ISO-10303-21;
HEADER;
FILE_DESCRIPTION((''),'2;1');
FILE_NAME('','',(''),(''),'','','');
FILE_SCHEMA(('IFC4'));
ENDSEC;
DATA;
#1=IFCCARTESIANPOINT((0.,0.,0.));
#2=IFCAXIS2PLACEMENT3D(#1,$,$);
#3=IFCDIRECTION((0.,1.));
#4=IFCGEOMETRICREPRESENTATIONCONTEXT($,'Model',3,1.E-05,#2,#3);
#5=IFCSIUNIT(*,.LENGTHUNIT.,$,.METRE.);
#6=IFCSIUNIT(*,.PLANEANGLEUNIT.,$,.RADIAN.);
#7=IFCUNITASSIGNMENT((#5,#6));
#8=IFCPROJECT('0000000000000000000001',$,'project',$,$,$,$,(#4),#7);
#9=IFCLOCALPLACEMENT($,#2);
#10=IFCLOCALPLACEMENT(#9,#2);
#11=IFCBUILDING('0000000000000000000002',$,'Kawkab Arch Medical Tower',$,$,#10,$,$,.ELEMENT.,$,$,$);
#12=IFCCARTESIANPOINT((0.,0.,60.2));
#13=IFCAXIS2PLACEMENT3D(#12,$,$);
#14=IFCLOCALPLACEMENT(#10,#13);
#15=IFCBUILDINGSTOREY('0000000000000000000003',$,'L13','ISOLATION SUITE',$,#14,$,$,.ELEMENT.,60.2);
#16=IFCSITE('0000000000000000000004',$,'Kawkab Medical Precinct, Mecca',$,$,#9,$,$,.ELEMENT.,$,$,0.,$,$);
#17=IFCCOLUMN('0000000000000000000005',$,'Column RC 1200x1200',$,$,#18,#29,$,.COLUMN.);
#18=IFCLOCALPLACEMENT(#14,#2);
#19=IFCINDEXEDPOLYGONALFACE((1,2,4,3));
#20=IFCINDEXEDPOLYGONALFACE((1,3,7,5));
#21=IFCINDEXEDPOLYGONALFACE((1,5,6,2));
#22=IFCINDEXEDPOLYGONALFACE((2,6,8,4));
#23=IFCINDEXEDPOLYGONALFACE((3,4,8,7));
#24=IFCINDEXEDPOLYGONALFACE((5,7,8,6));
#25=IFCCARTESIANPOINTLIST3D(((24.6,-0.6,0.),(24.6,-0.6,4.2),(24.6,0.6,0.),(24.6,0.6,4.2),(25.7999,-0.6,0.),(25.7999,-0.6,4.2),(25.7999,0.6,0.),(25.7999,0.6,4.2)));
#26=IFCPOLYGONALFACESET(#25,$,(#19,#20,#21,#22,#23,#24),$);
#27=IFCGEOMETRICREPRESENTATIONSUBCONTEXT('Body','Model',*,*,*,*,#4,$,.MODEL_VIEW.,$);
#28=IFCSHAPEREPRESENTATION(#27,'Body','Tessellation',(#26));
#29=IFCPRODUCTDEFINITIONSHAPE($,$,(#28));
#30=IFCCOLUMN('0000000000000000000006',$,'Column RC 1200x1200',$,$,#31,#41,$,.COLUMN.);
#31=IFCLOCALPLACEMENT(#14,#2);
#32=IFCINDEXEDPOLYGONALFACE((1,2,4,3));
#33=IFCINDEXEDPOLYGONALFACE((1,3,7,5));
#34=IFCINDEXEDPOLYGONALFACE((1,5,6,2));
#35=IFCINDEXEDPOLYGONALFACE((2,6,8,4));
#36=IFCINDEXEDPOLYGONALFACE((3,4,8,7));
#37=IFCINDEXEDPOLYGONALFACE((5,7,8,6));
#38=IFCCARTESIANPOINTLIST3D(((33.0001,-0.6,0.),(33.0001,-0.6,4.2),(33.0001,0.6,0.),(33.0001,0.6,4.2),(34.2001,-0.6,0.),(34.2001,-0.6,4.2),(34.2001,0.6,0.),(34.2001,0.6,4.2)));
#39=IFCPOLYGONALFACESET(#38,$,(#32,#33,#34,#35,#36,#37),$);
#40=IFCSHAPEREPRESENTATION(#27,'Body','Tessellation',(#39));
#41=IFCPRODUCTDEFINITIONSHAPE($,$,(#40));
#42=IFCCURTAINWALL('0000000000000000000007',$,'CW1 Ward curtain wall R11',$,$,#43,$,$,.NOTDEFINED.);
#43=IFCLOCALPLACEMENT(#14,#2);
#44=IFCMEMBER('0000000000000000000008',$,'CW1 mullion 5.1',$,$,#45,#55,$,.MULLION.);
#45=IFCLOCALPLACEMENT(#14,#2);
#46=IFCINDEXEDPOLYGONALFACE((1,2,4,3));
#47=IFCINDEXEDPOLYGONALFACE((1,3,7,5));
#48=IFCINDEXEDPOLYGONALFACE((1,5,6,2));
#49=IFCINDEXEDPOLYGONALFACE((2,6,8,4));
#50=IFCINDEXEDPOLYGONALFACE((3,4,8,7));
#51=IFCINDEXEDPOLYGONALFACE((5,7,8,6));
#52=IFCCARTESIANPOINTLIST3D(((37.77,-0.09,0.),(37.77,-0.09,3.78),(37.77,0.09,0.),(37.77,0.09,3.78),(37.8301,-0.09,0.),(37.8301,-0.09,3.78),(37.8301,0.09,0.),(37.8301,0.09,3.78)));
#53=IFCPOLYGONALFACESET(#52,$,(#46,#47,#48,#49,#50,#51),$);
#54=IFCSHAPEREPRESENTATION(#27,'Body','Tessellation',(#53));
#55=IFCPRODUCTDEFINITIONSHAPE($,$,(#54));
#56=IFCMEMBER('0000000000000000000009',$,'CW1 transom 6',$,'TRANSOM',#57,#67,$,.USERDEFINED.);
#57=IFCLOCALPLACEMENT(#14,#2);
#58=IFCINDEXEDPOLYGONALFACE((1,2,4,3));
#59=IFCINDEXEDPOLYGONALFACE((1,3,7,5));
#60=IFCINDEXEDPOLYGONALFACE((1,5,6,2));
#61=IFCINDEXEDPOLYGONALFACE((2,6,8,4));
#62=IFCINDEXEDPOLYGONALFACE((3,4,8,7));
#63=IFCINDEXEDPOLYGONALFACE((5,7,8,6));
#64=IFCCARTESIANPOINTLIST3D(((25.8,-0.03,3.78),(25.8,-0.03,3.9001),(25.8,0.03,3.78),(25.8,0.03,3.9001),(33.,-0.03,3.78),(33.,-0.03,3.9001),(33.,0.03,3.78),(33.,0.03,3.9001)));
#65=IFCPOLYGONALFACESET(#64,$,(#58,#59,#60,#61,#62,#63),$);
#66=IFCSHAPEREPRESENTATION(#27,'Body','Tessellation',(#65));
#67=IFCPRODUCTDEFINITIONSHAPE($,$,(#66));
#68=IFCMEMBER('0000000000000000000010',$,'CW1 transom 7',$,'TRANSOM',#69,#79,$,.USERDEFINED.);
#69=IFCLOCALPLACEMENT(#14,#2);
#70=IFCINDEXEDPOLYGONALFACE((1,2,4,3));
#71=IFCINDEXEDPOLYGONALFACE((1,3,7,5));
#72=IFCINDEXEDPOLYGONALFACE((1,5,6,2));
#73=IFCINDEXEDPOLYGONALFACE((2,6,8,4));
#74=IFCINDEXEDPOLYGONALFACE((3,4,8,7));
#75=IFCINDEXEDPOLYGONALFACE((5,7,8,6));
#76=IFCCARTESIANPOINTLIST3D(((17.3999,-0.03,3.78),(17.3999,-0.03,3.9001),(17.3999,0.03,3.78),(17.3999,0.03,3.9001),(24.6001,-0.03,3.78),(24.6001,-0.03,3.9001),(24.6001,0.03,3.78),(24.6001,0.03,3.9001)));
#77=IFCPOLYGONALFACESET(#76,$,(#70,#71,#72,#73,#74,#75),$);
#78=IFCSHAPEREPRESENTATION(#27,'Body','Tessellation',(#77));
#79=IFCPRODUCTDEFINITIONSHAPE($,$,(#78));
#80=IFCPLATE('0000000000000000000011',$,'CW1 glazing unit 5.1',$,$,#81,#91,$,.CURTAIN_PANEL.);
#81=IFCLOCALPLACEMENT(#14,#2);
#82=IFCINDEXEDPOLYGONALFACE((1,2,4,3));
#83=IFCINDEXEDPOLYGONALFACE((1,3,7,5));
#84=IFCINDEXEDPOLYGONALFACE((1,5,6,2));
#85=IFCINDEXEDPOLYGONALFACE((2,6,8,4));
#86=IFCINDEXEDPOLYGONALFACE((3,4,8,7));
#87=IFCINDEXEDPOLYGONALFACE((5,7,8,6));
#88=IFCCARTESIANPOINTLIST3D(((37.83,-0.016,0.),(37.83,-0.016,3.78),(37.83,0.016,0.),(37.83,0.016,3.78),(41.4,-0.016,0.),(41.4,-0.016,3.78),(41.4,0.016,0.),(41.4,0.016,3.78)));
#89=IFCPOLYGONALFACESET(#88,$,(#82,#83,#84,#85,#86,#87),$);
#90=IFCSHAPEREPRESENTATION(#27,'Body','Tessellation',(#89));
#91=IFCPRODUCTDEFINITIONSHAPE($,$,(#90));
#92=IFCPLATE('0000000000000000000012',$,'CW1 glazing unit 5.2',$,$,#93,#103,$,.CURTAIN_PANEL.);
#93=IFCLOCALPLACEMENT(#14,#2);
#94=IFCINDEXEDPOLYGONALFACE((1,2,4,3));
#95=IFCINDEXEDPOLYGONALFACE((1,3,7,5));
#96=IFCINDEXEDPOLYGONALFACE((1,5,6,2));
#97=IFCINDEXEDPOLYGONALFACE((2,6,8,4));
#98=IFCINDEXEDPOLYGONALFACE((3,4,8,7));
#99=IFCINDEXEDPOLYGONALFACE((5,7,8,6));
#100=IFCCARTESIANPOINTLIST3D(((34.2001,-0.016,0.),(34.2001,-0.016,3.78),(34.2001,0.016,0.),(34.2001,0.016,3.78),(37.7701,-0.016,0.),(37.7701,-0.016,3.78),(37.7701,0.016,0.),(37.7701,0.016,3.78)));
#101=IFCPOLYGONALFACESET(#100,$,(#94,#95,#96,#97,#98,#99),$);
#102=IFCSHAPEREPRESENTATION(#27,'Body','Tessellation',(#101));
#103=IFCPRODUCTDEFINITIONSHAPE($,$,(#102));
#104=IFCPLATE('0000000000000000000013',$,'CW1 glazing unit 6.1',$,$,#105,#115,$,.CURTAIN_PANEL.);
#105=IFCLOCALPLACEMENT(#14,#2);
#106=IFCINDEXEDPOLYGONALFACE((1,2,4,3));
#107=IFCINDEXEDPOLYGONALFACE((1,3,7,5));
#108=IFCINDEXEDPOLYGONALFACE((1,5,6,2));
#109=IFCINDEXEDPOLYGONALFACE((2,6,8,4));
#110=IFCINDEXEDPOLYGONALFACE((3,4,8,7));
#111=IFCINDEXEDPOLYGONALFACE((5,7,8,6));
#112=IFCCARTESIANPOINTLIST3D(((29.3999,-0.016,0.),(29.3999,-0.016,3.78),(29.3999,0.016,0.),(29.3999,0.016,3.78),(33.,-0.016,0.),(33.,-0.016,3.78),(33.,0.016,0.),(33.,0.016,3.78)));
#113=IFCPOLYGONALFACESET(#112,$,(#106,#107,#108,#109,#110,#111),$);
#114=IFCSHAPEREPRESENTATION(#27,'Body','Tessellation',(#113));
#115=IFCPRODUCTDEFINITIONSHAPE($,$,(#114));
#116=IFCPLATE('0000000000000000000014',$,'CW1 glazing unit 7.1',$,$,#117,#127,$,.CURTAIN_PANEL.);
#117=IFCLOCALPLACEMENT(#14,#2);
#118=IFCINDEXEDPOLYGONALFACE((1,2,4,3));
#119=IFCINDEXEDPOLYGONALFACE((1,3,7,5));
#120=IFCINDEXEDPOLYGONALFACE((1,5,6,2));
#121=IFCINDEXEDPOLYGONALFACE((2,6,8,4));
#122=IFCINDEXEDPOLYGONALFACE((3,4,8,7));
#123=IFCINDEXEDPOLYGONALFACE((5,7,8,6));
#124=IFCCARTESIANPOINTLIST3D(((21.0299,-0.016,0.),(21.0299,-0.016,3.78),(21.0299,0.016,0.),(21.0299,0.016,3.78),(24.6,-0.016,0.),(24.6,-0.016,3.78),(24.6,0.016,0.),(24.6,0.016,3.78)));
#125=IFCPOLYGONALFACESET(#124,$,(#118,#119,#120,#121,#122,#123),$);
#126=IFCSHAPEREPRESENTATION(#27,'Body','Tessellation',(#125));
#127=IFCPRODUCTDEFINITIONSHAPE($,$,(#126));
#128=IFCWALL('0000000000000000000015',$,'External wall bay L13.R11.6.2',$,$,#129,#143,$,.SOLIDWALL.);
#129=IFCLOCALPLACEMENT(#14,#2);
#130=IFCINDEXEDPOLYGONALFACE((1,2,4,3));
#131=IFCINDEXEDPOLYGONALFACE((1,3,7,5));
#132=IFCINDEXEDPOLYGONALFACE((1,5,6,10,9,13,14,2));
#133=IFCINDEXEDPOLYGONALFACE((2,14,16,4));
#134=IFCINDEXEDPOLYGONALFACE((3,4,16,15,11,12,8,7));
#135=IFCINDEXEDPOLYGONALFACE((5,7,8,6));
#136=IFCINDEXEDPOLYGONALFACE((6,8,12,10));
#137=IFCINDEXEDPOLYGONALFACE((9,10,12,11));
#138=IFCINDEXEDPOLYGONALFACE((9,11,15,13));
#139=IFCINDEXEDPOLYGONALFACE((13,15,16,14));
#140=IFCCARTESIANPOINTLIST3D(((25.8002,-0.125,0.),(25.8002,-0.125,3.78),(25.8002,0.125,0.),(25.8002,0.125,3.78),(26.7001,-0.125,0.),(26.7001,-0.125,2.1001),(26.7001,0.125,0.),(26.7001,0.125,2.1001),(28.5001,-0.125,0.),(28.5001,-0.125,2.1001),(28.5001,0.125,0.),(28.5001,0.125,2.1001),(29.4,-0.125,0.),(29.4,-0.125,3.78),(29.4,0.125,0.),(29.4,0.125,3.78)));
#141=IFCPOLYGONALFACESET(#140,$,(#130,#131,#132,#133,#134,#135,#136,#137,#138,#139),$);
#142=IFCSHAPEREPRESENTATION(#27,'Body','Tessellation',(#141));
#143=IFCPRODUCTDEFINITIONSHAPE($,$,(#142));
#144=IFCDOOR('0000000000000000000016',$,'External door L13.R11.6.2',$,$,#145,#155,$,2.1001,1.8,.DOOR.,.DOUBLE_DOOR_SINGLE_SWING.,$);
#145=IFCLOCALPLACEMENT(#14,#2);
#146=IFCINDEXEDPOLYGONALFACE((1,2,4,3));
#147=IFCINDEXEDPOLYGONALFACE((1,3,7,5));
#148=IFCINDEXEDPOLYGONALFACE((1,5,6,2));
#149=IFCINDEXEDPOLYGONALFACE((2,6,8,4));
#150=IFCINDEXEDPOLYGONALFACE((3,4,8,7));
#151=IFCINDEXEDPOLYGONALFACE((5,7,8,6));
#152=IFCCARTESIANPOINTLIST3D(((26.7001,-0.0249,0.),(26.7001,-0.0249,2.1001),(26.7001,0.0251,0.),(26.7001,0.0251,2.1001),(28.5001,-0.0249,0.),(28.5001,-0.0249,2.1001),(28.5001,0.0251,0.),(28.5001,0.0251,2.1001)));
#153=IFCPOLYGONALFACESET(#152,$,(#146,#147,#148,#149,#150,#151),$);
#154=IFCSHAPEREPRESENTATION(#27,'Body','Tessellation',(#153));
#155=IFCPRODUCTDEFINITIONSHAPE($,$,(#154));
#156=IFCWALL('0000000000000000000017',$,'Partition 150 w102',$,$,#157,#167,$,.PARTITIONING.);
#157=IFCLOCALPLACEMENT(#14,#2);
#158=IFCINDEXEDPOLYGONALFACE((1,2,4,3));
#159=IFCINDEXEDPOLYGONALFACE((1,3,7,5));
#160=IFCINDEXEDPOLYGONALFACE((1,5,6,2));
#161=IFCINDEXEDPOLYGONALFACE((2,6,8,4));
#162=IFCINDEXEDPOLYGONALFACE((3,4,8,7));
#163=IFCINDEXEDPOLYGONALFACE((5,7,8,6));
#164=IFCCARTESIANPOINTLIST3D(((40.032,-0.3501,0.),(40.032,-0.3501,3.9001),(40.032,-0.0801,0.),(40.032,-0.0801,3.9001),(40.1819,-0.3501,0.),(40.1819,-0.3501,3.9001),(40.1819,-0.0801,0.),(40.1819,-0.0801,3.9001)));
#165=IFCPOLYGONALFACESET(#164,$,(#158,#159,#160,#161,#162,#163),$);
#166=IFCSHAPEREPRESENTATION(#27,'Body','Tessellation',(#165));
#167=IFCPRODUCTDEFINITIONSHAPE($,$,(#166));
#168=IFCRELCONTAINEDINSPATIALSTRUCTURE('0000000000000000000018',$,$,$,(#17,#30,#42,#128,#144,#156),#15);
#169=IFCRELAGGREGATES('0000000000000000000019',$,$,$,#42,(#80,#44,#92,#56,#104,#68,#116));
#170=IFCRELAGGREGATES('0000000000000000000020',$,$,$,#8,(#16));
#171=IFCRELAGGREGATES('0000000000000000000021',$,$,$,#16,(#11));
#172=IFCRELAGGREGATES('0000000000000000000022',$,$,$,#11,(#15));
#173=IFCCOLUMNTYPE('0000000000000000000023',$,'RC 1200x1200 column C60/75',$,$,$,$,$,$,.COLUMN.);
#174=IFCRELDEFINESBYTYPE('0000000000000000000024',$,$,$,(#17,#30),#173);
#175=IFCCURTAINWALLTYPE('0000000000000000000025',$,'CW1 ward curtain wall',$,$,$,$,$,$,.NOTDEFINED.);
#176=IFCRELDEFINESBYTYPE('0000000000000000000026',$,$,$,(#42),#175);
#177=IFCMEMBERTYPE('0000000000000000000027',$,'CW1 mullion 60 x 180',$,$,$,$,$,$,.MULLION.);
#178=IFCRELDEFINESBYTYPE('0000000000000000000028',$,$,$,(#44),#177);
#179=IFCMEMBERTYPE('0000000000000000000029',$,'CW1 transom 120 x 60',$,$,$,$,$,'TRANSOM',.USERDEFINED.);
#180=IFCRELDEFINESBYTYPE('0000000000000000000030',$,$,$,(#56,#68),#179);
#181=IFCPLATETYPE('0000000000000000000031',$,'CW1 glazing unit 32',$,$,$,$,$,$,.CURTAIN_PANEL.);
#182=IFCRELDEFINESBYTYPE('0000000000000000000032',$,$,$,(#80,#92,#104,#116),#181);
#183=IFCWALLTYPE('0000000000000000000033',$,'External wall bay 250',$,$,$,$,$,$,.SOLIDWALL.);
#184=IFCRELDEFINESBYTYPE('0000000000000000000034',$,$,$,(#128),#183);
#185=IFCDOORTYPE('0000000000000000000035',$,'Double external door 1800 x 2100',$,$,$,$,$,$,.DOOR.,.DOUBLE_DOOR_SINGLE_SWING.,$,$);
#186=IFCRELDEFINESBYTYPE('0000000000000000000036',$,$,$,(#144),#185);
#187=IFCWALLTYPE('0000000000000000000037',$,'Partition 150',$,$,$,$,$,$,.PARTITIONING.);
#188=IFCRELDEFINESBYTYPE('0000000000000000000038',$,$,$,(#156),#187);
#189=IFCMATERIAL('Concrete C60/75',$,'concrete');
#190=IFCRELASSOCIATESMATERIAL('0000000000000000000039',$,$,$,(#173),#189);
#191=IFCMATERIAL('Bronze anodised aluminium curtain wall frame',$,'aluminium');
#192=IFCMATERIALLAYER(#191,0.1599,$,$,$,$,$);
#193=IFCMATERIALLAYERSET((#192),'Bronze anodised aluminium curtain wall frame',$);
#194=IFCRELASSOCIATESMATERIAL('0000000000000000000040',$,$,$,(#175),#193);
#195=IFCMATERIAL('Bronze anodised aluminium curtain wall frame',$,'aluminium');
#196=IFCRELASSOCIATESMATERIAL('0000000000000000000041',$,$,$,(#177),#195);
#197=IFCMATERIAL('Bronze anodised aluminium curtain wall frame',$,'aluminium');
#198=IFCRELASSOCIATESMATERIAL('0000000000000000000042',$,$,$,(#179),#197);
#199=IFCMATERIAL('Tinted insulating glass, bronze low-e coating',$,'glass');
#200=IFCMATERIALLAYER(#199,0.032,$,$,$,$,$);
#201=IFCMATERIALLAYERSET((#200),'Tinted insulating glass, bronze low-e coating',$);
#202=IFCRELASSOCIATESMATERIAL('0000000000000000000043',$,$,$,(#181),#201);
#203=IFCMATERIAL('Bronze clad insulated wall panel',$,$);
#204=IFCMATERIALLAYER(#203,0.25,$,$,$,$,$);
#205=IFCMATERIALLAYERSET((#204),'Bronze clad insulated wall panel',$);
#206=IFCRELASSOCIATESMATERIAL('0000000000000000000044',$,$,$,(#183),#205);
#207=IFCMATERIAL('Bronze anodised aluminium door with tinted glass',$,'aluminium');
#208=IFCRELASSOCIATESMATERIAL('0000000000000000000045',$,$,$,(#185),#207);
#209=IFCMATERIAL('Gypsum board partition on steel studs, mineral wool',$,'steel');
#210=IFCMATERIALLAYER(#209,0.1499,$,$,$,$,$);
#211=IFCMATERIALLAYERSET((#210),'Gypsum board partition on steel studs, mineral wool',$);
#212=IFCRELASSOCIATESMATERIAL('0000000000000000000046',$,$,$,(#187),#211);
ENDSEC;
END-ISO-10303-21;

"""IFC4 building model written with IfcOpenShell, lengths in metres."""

from ifc_helpers import new_model, si_unit, direction, frame, frame_2d, origin, origin_2d, place, context, subcontext, project, spatial, rectangle, extrude, material, layer, layer_set, material_profile, profile_set, type_object, element, fill, aggregate, save


model = new_model("IFC4")

# Units and contexts
model_context = context("Model", 3, precision=1e-05, world=origin(), true_north=direction((0.0, 1.0)))
body_context = subcontext(model_context, "Body", "Model", "MODEL_VIEW")
ifc_project = project(units=[si_unit("LENGTHUNIT", "METRE"), si_unit("PLANEANGLEUNIT", "RADIAN")], contexts=[model_context])

# Site, building, storey
site_placement = place(None, origin())
site = spatial("IfcSite", under=ifc_project, at=site_placement, Name="Kawkab Medical Precinct, Mecca", CompositionType="ELEMENT", RefElevation=0.0)
building_placement = place(site_placement, origin())
building = spatial("IfcBuilding", under=site, at=building_placement, Name="Kawkab Arch Medical Tower", CompositionType="ELEMENT")
storey_placement = place(building_placement, frame((0.0, 0.0, 60.2)))
storey = spatial("IfcBuildingStorey", under=building, at=storey_placement, Name="L13", Description="ISOLATION SUITE", CompositionType="ELEMENT", Elevation=60.2)

# Columns
ifc_material_1 = material(Name="Concrete C60/75", Category="concrete")
ifc_material_profile_1 = material_profile(ifc_material_1, rectangle(XDim=1.2, YDim=1.2, at=origin_2d()), Name="RC 1200x1200")
ifc_profile_set_1 = profile_set([ifc_material_profile_1], Name="Concrete C60/75")
column_type = type_object("IfcColumnType", Name="RC 1200x1200 column C60/75", PredefinedType="COLUMN", material=ifc_profile_set_1)
for number, where, z_axis, x_axis, name in (
    (1, (25.2, 0.0, 0.0), (0.0, 0.0, 1.0), (1.0, 0.0, 0.0), "Column RC 1200x1200"),
    (2, (33.6001, 0.0, 0.0), (0.0, 0.0, 1.0), (1.0, 0.0, 0.0), "Column RC 1200x1200"),
):
    element("IfcColumn", number, at=place(storey_placement, frame(where, z_axis=z_axis, x_axis=x_axis)), inside=storey, type_object=column_type, Name=name, PredefinedType="COLUMN", context=body_context, shape_type="SweptSolid", body=[
        extrude(rectangle(XDim=1.2, YDim=1.2, at=origin_2d()), origin(), (0.0, 0.0, 1.0), 4.2),
    ])

# Curtain wall, members, plates
ifc_material_2 = material(Name="Bronze anodised aluminium curtain wall frame", Category="aluminium")
ifc_layer_1 = layer(ifc_material_2, 0.1599)
ifc_layer_set_1 = layer_set([ifc_layer_1], Name="Bronze anodised aluminium curtain wall frame")
curtain_wall_type = type_object("IfcCurtainWallType", Name="CW1 ward curtain wall", PredefinedType="NOTDEFINED", material=ifc_layer_set_1)
placement = place(storey_placement, origin())
curtain_wall = element("IfcCurtainWall", 3, at=placement, inside=storey, type_object=curtain_wall_type, Name="CW1 Ward curtain wall R11", PredefinedType="NOTDEFINED")
ifc_material_3 = material(Name="Bronze anodised aluminium curtain wall frame", Category="aluminium")
ifc_material_profile_2 = material_profile(ifc_material_3, rectangle(XDim=0.1799, YDim=0.0601, at=origin_2d()), Name="AL 60x180")
ifc_profile_set_2 = profile_set([ifc_material_profile_2], Name="Bronze anodised aluminium curtain wall frame")
member_type_1 = type_object("IfcMemberType", Name="CW1 mullion 60 x 180", PredefinedType="MULLION", material=ifc_profile_set_2)
member_1_placement = place(storey_placement, frame((37.8, 0.0, 0.0), z_axis=(0.0, 0.0, 1.0), x_axis=(0.0, -1.0, 0.0)))
member_1 = element("IfcMember", 4, at=member_1_placement, type_object=member_type_1, Name="CW1 mullion 5.1", PredefinedType="MULLION", context=body_context, shape_type="SweptSolid", body=[
    extrude(rectangle(XDim=0.1799, YDim=0.0601, at=origin_2d()), origin(), (0.0, 0.0, 1.0), 3.78),
])
ifc_material_4 = material(Name="Bronze anodised aluminium curtain wall frame", Category="aluminium")
ifc_material_profile_3 = material_profile(ifc_material_4, rectangle(XDim=0.0601, YDim=0.1201, at=origin_2d()), Name="AL 60x120")
ifc_profile_set_3 = profile_set([ifc_material_profile_3], Name="Bronze anodised aluminium curtain wall frame")
member_type_2 = type_object("IfcMemberType", Name="CW1 transom 120 x 60", ElementType="TRANSOM", PredefinedType="USERDEFINED", material=ifc_profile_set_3)
member_2_placement = place(storey_placement, frame((33.0, 0.0, 3.8401), z_axis=(-1.0, 0.0, 0.0), x_axis=(0.0, -1.0, 0.0)))
member_2 = element("IfcMember", 5, at=member_2_placement, type_object=member_type_2, Name="CW1 transom 6", ObjectType="TRANSOM", PredefinedType="USERDEFINED", context=body_context, shape_type="SweptSolid", body=[
    extrude(rectangle(XDim=0.0601, YDim=0.1201, at=origin_2d()), origin(), (0.0, 0.0, 1.0), 7.2),
])
member_3_placement = place(storey_placement, frame((24.6001, 0.0, 3.8401), z_axis=(-1.0, 0.0, 0.0), x_axis=(0.0, -1.0, 0.0)))
member_3 = element("IfcMember", 6, at=member_3_placement, type_object=member_type_2, Name="CW1 transom 7", ObjectType="TRANSOM", PredefinedType="USERDEFINED", context=body_context, shape_type="SweptSolid", body=[
    extrude(rectangle(XDim=0.0601, YDim=0.1201, at=origin_2d()), origin(), (0.0, 0.0, 1.0), 7.2002),
])
ifc_material_5 = material(Name="Tinted insulating glass, bronze low-e coating", Category="glass")
ifc_layer_2 = layer(ifc_material_5, 0.032)
ifc_layer_set_2 = layer_set([ifc_layer_2], Name="Tinted insulating glass, bronze low-e coating")
plate_type = type_object("IfcPlateType", Name="CW1 glazing unit 32", PredefinedType="CURTAIN_PANEL", material=ifc_layer_set_2)
plate_1_placement = place(storey_placement, frame((39.615, 0.0, 0.0), z_axis=(0.0, 0.0, 1.0), x_axis=(-1.0, 0.0, 0.0)))
plate_1 = element("IfcPlate", 7, at=plate_1_placement, type_object=plate_type, Name="CW1 glazing unit 5.1", PredefinedType="CURTAIN_PANEL", context=body_context, shape_type="SweptSolid", body=[
    extrude(rectangle(XDim=3.5701, YDim=0.032, at=origin_2d()), origin(), (0.0, 0.0, 1.0), 3.78),
])
plate_2_placement = place(storey_placement, frame((35.9851, 0.0, 0.0), z_axis=(0.0, 0.0, 1.0), x_axis=(-1.0, 0.0, 0.0)))
plate_2 = element("IfcPlate", 8, at=plate_2_placement, type_object=plate_type, Name="CW1 glazing unit 5.2", PredefinedType="CURTAIN_PANEL", context=body_context, shape_type="SweptSolid", body=[
    extrude(rectangle(XDim=3.5701, YDim=0.032, at=origin_2d()), origin(), (0.0, 0.0, 1.0), 3.78),
])
plate_3_placement = place(storey_placement, frame((31.2, 0.0, 0.0), z_axis=(0.0, 0.0, 1.0), x_axis=(-1.0, 0.0, 0.0)))
plate_3 = element("IfcPlate", 9, at=plate_3_placement, type_object=plate_type, Name="CW1 glazing unit 6.1", PredefinedType="CURTAIN_PANEL", context=body_context, shape_type="SweptSolid", body=[
    extrude(rectangle(XDim=3.6001, YDim=0.032, at=origin_2d()), origin(), (0.0, 0.0, 1.0), 3.78),
])
plate_4_placement = place(storey_placement, frame((22.8149, 0.0, 0.0), z_axis=(0.0, 0.0, 1.0), x_axis=(-1.0, 0.0, 0.0)))
plate_4 = element("IfcPlate", 10, at=plate_4_placement, type_object=plate_type, Name="CW1 glazing unit 7.1", PredefinedType="CURTAIN_PANEL", context=body_context, shape_type="SweptSolid", body=[
    extrude(rectangle(XDim=3.5701, YDim=0.032, at=origin_2d()), origin(), (0.0, 0.0, 1.0), 3.78),
])
aggregate(curtain_wall, [plate_1, member_1, plate_2, member_2, plate_3, member_3, plate_4])

# Wall, opening, door
ifc_material_6 = material(Name="Bronze clad insulated wall panel")
ifc_layer_3 = layer(ifc_material_6, 0.25)
ifc_layer_set_3 = layer_set([ifc_layer_3], Name="Bronze clad insulated wall panel")
wall_type_1 = type_object("IfcWallType", Name="External wall bay 250", PredefinedType="SOLIDWALL", material=ifc_layer_set_3)
wall_1_placement = place(storey_placement, frame((29.3999, 0.0, 0.0), z_axis=(0.0, 0.0, 1.0), x_axis=(-1.0, 0.0, 0.0)))
wall_1 = element("IfcWall", 11, at=wall_1_placement, inside=storey, type_object=wall_type_1, Name="External wall bay L13.R11.6.2", PredefinedType="SOLIDWALL", context=body_context, shape_type="SweptSolid", body=[
    extrude(rectangle(XDim=3.5999, YDim=0.25, at=frame_2d((1.7998, 0.0))), origin(), (0.0, 0.0, 1.0), 3.78),
])
opening_placement = place(wall_1_placement, frame((0.8999, 0.0, 0.0)))
opening = element("IfcOpeningElement", 12, at=opening_placement, cuts=wall_1, PredefinedType="OPENING", context=body_context, shape_type="SweptSolid", body=[
    extrude(rectangle(XDim=1.8, YDim=2.1001, at=frame_2d((0.8999, 1.05))), frame((0.0, 0.135, 0.0), z_axis=(0.0, -1.0, 0.0), x_axis=(1.0, 0.0, 0.0)), (0.0, 0.0, 1.0), 0.27),
])
ifc_material_7 = material(Name="Bronze anodised aluminium door with tinted glass", Category="aluminium")
door_type = type_object("IfcDoorType", Name="Double external door 1800 x 2100", OperationType="DOUBLE_DOOR_SINGLE_SWING", PredefinedType="DOOR", material=ifc_material_7)
door_placement = place(opening_placement, origin())
door = element("IfcDoor", 13, at=door_placement, inside=storey, type_object=door_type, Name="External door L13.R11.6.2", OperationType="DOUBLE_DOOR_SINGLE_SWING", OverallHeight=2.1001, OverallWidth=1.8, PredefinedType="DOOR", context=body_context, shape_type="SweptSolid", body=[
    extrude(rectangle(XDim=1.8, YDim=2.1001, at=frame_2d((0.8999, 1.05))), frame((0.0, 0.0249, 0.0), z_axis=(0.0, -1.0, 0.0), x_axis=(1.0, 0.0, 0.0)), (0.0, 0.0, 1.0), 0.05),
])
fill(opening, door)

# Wall
ifc_material_8 = material(Name="Gypsum board partition on steel studs, mineral wool", Category="steel")
ifc_layer_4 = layer(ifc_material_8, 0.1499)
ifc_layer_set_4 = layer_set([ifc_layer_4], Name="Gypsum board partition on steel studs, mineral wool")
wall_type_2 = type_object("IfcWallType", Name="Partition 150", PredefinedType="PARTITIONING", material=ifc_layer_set_4)
wall_2_placement = place(storey_placement, frame((40.1069, -0.3501, 0.0), z_axis=(0.0, 0.0, 1.0), x_axis=(0.0, 1.0, 0.0)))
element("IfcWall", 14, at=wall_2_placement, inside=storey, type_object=wall_type_2, Name="Partition 150 w102", PredefinedType="PARTITIONING", context=body_context, shape_type="SweptSolid", body=[
    extrude(rectangle(XDim=0.27, YDim=0.1499, at=frame_2d((0.135, 0.0))), origin(), (0.0, 0.0, 1.0), 3.9001),
])

save(model, "model.ifc")
